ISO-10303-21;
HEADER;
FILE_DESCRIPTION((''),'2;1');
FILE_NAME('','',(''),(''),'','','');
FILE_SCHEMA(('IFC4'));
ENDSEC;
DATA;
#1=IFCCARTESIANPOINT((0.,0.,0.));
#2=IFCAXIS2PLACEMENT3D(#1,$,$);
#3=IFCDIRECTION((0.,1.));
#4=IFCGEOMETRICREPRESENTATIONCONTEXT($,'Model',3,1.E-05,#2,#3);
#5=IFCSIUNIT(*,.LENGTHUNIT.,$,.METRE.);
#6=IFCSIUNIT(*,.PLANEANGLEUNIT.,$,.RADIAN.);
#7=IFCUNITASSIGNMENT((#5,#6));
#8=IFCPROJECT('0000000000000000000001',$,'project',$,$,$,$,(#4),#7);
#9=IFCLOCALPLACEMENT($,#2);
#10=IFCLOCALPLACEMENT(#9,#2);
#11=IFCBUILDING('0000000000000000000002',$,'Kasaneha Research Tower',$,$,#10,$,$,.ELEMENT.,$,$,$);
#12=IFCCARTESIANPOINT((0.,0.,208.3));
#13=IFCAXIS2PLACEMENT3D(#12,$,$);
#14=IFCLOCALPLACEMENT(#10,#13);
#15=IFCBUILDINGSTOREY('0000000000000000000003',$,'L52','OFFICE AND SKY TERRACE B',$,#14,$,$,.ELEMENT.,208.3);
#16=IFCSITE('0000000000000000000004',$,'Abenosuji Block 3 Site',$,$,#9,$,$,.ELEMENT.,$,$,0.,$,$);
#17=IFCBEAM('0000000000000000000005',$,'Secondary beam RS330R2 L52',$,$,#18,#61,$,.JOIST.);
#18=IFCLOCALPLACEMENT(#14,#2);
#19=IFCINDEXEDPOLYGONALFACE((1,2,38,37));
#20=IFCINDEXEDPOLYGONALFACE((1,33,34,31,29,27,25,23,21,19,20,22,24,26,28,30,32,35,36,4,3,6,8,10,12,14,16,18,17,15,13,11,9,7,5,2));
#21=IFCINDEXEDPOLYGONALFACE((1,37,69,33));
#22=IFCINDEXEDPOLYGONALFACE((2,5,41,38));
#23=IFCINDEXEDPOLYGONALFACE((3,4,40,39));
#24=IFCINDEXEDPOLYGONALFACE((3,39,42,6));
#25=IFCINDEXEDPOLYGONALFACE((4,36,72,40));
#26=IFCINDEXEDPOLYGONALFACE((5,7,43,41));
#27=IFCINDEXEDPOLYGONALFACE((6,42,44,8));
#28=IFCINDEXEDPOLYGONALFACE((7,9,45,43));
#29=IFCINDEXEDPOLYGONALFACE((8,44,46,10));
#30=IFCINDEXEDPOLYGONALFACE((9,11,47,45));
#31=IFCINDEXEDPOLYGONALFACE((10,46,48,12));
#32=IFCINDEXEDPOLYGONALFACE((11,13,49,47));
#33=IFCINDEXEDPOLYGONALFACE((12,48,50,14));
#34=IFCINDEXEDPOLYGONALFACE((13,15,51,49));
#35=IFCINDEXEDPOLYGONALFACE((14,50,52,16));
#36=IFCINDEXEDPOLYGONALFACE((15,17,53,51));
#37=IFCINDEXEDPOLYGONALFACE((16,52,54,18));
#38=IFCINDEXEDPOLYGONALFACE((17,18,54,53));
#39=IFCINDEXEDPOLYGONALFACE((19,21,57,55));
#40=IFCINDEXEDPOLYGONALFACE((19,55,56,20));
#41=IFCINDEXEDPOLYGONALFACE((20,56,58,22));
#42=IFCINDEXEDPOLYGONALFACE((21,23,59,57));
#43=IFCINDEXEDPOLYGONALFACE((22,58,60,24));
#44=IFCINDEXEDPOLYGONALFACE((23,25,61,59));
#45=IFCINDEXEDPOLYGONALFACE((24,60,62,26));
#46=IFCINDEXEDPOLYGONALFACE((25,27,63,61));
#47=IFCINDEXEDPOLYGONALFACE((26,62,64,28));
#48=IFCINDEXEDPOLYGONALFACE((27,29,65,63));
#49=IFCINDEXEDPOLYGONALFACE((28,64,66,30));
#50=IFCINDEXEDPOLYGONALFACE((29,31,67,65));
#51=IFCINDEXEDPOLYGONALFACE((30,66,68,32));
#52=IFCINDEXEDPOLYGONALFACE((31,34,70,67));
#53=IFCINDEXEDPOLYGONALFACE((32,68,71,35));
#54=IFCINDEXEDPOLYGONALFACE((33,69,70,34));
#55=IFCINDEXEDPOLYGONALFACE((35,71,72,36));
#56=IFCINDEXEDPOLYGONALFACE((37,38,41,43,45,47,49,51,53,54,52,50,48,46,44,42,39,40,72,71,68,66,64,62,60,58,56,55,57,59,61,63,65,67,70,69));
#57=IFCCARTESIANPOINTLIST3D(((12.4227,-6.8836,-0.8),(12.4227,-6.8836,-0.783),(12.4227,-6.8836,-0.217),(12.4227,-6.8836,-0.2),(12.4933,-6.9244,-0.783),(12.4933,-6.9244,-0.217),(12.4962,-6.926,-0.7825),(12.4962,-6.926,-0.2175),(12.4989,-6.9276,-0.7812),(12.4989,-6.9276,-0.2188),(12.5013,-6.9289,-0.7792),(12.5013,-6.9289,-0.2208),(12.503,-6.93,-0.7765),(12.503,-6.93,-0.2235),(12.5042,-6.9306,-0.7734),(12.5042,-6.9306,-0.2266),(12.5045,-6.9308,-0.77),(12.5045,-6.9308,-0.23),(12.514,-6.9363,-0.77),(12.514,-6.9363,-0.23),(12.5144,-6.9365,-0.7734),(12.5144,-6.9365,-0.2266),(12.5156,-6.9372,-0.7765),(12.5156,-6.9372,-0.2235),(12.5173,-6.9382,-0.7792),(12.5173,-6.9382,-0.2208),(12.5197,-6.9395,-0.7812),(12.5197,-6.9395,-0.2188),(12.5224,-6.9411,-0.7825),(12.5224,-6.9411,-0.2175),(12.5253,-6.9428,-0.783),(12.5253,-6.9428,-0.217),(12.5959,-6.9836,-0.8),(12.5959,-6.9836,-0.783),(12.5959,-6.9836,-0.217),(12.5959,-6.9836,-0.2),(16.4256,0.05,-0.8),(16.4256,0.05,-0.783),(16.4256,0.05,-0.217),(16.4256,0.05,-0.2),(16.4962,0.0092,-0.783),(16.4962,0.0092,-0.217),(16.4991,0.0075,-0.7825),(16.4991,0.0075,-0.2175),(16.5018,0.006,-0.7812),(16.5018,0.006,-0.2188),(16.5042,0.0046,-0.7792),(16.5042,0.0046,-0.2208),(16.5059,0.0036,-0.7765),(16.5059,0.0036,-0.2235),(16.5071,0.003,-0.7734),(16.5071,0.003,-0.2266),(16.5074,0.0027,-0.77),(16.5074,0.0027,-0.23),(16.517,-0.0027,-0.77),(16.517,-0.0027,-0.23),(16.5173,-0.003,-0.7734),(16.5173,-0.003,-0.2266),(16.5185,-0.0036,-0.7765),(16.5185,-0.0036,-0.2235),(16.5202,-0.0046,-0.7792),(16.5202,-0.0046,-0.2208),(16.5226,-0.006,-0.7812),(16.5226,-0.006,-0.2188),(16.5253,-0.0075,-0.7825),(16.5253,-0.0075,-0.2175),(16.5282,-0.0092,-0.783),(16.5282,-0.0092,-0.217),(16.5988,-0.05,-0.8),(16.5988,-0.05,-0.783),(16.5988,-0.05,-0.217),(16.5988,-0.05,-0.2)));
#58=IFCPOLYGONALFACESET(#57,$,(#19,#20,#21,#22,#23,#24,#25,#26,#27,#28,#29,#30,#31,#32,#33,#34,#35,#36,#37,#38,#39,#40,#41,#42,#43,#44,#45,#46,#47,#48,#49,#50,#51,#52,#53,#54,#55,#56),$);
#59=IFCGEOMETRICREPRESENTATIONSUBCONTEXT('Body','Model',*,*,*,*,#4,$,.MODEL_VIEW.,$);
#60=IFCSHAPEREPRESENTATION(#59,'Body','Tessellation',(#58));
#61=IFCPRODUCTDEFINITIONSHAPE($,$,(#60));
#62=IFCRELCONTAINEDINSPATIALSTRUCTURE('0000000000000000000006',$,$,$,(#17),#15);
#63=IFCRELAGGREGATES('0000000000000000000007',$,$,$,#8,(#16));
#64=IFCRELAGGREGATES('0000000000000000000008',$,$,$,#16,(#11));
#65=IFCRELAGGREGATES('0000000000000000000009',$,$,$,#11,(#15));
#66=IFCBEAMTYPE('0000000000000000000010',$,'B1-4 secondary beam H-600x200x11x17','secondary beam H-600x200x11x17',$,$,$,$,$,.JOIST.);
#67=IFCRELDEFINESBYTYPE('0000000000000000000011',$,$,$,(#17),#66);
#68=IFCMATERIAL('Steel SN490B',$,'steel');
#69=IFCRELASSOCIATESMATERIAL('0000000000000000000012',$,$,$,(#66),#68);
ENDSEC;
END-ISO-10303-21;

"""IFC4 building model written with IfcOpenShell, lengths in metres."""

from ifc_helpers import new_model, si_unit, direction, frame, origin, origin_2d, place, context, subcontext, project, spatial, i_section, extrude, material, material_profile, profile_set, type_object, element, save


model = new_model("IFC4")

# Units and contexts
model_context = context("Model", 3, precision=1e-05, world=origin(), true_north=direction((0.0, 1.0)))
body_context = subcontext(model_context, "Body", "Model", "MODEL_VIEW")
ifc_project = project(units=[si_unit("LENGTHUNIT", "METRE"), si_unit("PLANEANGLEUNIT", "RADIAN")], contexts=[model_context])

# Site, building, storey
site_placement = place(None, origin())
site = spatial("IfcSite", under=ifc_project, at=site_placement, Name="Abenosuji Block 3 Site", CompositionType="ELEMENT", RefElevation=0.0)
building_placement = place(site_placement, origin())
building = spatial("IfcBuilding", under=site, at=building_placement, Name="Kasaneha Research Tower", CompositionType="ELEMENT")
storey_placement = place(building_placement, frame((0.0, 0.0, 208.3)))
storey = spatial("IfcBuildingStorey", under=building, at=storey_placement, Name="L52", Description="OFFICE AND SKY TERRACE B", CompositionType="ELEMENT", Elevation=208.3)

# Beam
ifc_material = material(Name="Steel SN490B", Category="steel")
ifc_material_profile = material_profile(ifc_material, i_section(OverallWidth=0.2, OverallDepth=0.6001, WebThickness=0.011, FlangeThickness=0.0171, FilletRadius=0.0129, at=origin_2d()), Name="H-600x200x11x17")
ifc_profile_set = profile_set([ifc_material_profile], Name="Steel SN490B")
beam_type = type_object("IfcBeamType", Name="B1-4 secondary beam H-600x200x11x17", Description="secondary beam H-600x200x11x17", PredefinedType="JOIST", material=ifc_profile_set)
beam_1_placement = place(storey_placement, frame((16.5122, 0.0, -0.5), z_axis=(-0.499983, -0.866035, 0.0), x_axis=(0.866035, -0.499983, 0.0)))
element("IfcBeam", 1, at=beam_1_placement, inside=storey, type_object=beam_type, Name="Secondary beam RS330R2 L52", PredefinedType="JOIST", context=body_context, shape_type="SweptSolid", body=[
    extrude(i_section(OverallWidth=0.2, OverallDepth=0.6001, WebThickness=0.011, FlangeThickness=0.0171, FilletRadius=0.0129, at=origin_2d()), origin(), (0.0, 0.0, 1.0), 8.0061),
])

save(model, "model.ifc")
